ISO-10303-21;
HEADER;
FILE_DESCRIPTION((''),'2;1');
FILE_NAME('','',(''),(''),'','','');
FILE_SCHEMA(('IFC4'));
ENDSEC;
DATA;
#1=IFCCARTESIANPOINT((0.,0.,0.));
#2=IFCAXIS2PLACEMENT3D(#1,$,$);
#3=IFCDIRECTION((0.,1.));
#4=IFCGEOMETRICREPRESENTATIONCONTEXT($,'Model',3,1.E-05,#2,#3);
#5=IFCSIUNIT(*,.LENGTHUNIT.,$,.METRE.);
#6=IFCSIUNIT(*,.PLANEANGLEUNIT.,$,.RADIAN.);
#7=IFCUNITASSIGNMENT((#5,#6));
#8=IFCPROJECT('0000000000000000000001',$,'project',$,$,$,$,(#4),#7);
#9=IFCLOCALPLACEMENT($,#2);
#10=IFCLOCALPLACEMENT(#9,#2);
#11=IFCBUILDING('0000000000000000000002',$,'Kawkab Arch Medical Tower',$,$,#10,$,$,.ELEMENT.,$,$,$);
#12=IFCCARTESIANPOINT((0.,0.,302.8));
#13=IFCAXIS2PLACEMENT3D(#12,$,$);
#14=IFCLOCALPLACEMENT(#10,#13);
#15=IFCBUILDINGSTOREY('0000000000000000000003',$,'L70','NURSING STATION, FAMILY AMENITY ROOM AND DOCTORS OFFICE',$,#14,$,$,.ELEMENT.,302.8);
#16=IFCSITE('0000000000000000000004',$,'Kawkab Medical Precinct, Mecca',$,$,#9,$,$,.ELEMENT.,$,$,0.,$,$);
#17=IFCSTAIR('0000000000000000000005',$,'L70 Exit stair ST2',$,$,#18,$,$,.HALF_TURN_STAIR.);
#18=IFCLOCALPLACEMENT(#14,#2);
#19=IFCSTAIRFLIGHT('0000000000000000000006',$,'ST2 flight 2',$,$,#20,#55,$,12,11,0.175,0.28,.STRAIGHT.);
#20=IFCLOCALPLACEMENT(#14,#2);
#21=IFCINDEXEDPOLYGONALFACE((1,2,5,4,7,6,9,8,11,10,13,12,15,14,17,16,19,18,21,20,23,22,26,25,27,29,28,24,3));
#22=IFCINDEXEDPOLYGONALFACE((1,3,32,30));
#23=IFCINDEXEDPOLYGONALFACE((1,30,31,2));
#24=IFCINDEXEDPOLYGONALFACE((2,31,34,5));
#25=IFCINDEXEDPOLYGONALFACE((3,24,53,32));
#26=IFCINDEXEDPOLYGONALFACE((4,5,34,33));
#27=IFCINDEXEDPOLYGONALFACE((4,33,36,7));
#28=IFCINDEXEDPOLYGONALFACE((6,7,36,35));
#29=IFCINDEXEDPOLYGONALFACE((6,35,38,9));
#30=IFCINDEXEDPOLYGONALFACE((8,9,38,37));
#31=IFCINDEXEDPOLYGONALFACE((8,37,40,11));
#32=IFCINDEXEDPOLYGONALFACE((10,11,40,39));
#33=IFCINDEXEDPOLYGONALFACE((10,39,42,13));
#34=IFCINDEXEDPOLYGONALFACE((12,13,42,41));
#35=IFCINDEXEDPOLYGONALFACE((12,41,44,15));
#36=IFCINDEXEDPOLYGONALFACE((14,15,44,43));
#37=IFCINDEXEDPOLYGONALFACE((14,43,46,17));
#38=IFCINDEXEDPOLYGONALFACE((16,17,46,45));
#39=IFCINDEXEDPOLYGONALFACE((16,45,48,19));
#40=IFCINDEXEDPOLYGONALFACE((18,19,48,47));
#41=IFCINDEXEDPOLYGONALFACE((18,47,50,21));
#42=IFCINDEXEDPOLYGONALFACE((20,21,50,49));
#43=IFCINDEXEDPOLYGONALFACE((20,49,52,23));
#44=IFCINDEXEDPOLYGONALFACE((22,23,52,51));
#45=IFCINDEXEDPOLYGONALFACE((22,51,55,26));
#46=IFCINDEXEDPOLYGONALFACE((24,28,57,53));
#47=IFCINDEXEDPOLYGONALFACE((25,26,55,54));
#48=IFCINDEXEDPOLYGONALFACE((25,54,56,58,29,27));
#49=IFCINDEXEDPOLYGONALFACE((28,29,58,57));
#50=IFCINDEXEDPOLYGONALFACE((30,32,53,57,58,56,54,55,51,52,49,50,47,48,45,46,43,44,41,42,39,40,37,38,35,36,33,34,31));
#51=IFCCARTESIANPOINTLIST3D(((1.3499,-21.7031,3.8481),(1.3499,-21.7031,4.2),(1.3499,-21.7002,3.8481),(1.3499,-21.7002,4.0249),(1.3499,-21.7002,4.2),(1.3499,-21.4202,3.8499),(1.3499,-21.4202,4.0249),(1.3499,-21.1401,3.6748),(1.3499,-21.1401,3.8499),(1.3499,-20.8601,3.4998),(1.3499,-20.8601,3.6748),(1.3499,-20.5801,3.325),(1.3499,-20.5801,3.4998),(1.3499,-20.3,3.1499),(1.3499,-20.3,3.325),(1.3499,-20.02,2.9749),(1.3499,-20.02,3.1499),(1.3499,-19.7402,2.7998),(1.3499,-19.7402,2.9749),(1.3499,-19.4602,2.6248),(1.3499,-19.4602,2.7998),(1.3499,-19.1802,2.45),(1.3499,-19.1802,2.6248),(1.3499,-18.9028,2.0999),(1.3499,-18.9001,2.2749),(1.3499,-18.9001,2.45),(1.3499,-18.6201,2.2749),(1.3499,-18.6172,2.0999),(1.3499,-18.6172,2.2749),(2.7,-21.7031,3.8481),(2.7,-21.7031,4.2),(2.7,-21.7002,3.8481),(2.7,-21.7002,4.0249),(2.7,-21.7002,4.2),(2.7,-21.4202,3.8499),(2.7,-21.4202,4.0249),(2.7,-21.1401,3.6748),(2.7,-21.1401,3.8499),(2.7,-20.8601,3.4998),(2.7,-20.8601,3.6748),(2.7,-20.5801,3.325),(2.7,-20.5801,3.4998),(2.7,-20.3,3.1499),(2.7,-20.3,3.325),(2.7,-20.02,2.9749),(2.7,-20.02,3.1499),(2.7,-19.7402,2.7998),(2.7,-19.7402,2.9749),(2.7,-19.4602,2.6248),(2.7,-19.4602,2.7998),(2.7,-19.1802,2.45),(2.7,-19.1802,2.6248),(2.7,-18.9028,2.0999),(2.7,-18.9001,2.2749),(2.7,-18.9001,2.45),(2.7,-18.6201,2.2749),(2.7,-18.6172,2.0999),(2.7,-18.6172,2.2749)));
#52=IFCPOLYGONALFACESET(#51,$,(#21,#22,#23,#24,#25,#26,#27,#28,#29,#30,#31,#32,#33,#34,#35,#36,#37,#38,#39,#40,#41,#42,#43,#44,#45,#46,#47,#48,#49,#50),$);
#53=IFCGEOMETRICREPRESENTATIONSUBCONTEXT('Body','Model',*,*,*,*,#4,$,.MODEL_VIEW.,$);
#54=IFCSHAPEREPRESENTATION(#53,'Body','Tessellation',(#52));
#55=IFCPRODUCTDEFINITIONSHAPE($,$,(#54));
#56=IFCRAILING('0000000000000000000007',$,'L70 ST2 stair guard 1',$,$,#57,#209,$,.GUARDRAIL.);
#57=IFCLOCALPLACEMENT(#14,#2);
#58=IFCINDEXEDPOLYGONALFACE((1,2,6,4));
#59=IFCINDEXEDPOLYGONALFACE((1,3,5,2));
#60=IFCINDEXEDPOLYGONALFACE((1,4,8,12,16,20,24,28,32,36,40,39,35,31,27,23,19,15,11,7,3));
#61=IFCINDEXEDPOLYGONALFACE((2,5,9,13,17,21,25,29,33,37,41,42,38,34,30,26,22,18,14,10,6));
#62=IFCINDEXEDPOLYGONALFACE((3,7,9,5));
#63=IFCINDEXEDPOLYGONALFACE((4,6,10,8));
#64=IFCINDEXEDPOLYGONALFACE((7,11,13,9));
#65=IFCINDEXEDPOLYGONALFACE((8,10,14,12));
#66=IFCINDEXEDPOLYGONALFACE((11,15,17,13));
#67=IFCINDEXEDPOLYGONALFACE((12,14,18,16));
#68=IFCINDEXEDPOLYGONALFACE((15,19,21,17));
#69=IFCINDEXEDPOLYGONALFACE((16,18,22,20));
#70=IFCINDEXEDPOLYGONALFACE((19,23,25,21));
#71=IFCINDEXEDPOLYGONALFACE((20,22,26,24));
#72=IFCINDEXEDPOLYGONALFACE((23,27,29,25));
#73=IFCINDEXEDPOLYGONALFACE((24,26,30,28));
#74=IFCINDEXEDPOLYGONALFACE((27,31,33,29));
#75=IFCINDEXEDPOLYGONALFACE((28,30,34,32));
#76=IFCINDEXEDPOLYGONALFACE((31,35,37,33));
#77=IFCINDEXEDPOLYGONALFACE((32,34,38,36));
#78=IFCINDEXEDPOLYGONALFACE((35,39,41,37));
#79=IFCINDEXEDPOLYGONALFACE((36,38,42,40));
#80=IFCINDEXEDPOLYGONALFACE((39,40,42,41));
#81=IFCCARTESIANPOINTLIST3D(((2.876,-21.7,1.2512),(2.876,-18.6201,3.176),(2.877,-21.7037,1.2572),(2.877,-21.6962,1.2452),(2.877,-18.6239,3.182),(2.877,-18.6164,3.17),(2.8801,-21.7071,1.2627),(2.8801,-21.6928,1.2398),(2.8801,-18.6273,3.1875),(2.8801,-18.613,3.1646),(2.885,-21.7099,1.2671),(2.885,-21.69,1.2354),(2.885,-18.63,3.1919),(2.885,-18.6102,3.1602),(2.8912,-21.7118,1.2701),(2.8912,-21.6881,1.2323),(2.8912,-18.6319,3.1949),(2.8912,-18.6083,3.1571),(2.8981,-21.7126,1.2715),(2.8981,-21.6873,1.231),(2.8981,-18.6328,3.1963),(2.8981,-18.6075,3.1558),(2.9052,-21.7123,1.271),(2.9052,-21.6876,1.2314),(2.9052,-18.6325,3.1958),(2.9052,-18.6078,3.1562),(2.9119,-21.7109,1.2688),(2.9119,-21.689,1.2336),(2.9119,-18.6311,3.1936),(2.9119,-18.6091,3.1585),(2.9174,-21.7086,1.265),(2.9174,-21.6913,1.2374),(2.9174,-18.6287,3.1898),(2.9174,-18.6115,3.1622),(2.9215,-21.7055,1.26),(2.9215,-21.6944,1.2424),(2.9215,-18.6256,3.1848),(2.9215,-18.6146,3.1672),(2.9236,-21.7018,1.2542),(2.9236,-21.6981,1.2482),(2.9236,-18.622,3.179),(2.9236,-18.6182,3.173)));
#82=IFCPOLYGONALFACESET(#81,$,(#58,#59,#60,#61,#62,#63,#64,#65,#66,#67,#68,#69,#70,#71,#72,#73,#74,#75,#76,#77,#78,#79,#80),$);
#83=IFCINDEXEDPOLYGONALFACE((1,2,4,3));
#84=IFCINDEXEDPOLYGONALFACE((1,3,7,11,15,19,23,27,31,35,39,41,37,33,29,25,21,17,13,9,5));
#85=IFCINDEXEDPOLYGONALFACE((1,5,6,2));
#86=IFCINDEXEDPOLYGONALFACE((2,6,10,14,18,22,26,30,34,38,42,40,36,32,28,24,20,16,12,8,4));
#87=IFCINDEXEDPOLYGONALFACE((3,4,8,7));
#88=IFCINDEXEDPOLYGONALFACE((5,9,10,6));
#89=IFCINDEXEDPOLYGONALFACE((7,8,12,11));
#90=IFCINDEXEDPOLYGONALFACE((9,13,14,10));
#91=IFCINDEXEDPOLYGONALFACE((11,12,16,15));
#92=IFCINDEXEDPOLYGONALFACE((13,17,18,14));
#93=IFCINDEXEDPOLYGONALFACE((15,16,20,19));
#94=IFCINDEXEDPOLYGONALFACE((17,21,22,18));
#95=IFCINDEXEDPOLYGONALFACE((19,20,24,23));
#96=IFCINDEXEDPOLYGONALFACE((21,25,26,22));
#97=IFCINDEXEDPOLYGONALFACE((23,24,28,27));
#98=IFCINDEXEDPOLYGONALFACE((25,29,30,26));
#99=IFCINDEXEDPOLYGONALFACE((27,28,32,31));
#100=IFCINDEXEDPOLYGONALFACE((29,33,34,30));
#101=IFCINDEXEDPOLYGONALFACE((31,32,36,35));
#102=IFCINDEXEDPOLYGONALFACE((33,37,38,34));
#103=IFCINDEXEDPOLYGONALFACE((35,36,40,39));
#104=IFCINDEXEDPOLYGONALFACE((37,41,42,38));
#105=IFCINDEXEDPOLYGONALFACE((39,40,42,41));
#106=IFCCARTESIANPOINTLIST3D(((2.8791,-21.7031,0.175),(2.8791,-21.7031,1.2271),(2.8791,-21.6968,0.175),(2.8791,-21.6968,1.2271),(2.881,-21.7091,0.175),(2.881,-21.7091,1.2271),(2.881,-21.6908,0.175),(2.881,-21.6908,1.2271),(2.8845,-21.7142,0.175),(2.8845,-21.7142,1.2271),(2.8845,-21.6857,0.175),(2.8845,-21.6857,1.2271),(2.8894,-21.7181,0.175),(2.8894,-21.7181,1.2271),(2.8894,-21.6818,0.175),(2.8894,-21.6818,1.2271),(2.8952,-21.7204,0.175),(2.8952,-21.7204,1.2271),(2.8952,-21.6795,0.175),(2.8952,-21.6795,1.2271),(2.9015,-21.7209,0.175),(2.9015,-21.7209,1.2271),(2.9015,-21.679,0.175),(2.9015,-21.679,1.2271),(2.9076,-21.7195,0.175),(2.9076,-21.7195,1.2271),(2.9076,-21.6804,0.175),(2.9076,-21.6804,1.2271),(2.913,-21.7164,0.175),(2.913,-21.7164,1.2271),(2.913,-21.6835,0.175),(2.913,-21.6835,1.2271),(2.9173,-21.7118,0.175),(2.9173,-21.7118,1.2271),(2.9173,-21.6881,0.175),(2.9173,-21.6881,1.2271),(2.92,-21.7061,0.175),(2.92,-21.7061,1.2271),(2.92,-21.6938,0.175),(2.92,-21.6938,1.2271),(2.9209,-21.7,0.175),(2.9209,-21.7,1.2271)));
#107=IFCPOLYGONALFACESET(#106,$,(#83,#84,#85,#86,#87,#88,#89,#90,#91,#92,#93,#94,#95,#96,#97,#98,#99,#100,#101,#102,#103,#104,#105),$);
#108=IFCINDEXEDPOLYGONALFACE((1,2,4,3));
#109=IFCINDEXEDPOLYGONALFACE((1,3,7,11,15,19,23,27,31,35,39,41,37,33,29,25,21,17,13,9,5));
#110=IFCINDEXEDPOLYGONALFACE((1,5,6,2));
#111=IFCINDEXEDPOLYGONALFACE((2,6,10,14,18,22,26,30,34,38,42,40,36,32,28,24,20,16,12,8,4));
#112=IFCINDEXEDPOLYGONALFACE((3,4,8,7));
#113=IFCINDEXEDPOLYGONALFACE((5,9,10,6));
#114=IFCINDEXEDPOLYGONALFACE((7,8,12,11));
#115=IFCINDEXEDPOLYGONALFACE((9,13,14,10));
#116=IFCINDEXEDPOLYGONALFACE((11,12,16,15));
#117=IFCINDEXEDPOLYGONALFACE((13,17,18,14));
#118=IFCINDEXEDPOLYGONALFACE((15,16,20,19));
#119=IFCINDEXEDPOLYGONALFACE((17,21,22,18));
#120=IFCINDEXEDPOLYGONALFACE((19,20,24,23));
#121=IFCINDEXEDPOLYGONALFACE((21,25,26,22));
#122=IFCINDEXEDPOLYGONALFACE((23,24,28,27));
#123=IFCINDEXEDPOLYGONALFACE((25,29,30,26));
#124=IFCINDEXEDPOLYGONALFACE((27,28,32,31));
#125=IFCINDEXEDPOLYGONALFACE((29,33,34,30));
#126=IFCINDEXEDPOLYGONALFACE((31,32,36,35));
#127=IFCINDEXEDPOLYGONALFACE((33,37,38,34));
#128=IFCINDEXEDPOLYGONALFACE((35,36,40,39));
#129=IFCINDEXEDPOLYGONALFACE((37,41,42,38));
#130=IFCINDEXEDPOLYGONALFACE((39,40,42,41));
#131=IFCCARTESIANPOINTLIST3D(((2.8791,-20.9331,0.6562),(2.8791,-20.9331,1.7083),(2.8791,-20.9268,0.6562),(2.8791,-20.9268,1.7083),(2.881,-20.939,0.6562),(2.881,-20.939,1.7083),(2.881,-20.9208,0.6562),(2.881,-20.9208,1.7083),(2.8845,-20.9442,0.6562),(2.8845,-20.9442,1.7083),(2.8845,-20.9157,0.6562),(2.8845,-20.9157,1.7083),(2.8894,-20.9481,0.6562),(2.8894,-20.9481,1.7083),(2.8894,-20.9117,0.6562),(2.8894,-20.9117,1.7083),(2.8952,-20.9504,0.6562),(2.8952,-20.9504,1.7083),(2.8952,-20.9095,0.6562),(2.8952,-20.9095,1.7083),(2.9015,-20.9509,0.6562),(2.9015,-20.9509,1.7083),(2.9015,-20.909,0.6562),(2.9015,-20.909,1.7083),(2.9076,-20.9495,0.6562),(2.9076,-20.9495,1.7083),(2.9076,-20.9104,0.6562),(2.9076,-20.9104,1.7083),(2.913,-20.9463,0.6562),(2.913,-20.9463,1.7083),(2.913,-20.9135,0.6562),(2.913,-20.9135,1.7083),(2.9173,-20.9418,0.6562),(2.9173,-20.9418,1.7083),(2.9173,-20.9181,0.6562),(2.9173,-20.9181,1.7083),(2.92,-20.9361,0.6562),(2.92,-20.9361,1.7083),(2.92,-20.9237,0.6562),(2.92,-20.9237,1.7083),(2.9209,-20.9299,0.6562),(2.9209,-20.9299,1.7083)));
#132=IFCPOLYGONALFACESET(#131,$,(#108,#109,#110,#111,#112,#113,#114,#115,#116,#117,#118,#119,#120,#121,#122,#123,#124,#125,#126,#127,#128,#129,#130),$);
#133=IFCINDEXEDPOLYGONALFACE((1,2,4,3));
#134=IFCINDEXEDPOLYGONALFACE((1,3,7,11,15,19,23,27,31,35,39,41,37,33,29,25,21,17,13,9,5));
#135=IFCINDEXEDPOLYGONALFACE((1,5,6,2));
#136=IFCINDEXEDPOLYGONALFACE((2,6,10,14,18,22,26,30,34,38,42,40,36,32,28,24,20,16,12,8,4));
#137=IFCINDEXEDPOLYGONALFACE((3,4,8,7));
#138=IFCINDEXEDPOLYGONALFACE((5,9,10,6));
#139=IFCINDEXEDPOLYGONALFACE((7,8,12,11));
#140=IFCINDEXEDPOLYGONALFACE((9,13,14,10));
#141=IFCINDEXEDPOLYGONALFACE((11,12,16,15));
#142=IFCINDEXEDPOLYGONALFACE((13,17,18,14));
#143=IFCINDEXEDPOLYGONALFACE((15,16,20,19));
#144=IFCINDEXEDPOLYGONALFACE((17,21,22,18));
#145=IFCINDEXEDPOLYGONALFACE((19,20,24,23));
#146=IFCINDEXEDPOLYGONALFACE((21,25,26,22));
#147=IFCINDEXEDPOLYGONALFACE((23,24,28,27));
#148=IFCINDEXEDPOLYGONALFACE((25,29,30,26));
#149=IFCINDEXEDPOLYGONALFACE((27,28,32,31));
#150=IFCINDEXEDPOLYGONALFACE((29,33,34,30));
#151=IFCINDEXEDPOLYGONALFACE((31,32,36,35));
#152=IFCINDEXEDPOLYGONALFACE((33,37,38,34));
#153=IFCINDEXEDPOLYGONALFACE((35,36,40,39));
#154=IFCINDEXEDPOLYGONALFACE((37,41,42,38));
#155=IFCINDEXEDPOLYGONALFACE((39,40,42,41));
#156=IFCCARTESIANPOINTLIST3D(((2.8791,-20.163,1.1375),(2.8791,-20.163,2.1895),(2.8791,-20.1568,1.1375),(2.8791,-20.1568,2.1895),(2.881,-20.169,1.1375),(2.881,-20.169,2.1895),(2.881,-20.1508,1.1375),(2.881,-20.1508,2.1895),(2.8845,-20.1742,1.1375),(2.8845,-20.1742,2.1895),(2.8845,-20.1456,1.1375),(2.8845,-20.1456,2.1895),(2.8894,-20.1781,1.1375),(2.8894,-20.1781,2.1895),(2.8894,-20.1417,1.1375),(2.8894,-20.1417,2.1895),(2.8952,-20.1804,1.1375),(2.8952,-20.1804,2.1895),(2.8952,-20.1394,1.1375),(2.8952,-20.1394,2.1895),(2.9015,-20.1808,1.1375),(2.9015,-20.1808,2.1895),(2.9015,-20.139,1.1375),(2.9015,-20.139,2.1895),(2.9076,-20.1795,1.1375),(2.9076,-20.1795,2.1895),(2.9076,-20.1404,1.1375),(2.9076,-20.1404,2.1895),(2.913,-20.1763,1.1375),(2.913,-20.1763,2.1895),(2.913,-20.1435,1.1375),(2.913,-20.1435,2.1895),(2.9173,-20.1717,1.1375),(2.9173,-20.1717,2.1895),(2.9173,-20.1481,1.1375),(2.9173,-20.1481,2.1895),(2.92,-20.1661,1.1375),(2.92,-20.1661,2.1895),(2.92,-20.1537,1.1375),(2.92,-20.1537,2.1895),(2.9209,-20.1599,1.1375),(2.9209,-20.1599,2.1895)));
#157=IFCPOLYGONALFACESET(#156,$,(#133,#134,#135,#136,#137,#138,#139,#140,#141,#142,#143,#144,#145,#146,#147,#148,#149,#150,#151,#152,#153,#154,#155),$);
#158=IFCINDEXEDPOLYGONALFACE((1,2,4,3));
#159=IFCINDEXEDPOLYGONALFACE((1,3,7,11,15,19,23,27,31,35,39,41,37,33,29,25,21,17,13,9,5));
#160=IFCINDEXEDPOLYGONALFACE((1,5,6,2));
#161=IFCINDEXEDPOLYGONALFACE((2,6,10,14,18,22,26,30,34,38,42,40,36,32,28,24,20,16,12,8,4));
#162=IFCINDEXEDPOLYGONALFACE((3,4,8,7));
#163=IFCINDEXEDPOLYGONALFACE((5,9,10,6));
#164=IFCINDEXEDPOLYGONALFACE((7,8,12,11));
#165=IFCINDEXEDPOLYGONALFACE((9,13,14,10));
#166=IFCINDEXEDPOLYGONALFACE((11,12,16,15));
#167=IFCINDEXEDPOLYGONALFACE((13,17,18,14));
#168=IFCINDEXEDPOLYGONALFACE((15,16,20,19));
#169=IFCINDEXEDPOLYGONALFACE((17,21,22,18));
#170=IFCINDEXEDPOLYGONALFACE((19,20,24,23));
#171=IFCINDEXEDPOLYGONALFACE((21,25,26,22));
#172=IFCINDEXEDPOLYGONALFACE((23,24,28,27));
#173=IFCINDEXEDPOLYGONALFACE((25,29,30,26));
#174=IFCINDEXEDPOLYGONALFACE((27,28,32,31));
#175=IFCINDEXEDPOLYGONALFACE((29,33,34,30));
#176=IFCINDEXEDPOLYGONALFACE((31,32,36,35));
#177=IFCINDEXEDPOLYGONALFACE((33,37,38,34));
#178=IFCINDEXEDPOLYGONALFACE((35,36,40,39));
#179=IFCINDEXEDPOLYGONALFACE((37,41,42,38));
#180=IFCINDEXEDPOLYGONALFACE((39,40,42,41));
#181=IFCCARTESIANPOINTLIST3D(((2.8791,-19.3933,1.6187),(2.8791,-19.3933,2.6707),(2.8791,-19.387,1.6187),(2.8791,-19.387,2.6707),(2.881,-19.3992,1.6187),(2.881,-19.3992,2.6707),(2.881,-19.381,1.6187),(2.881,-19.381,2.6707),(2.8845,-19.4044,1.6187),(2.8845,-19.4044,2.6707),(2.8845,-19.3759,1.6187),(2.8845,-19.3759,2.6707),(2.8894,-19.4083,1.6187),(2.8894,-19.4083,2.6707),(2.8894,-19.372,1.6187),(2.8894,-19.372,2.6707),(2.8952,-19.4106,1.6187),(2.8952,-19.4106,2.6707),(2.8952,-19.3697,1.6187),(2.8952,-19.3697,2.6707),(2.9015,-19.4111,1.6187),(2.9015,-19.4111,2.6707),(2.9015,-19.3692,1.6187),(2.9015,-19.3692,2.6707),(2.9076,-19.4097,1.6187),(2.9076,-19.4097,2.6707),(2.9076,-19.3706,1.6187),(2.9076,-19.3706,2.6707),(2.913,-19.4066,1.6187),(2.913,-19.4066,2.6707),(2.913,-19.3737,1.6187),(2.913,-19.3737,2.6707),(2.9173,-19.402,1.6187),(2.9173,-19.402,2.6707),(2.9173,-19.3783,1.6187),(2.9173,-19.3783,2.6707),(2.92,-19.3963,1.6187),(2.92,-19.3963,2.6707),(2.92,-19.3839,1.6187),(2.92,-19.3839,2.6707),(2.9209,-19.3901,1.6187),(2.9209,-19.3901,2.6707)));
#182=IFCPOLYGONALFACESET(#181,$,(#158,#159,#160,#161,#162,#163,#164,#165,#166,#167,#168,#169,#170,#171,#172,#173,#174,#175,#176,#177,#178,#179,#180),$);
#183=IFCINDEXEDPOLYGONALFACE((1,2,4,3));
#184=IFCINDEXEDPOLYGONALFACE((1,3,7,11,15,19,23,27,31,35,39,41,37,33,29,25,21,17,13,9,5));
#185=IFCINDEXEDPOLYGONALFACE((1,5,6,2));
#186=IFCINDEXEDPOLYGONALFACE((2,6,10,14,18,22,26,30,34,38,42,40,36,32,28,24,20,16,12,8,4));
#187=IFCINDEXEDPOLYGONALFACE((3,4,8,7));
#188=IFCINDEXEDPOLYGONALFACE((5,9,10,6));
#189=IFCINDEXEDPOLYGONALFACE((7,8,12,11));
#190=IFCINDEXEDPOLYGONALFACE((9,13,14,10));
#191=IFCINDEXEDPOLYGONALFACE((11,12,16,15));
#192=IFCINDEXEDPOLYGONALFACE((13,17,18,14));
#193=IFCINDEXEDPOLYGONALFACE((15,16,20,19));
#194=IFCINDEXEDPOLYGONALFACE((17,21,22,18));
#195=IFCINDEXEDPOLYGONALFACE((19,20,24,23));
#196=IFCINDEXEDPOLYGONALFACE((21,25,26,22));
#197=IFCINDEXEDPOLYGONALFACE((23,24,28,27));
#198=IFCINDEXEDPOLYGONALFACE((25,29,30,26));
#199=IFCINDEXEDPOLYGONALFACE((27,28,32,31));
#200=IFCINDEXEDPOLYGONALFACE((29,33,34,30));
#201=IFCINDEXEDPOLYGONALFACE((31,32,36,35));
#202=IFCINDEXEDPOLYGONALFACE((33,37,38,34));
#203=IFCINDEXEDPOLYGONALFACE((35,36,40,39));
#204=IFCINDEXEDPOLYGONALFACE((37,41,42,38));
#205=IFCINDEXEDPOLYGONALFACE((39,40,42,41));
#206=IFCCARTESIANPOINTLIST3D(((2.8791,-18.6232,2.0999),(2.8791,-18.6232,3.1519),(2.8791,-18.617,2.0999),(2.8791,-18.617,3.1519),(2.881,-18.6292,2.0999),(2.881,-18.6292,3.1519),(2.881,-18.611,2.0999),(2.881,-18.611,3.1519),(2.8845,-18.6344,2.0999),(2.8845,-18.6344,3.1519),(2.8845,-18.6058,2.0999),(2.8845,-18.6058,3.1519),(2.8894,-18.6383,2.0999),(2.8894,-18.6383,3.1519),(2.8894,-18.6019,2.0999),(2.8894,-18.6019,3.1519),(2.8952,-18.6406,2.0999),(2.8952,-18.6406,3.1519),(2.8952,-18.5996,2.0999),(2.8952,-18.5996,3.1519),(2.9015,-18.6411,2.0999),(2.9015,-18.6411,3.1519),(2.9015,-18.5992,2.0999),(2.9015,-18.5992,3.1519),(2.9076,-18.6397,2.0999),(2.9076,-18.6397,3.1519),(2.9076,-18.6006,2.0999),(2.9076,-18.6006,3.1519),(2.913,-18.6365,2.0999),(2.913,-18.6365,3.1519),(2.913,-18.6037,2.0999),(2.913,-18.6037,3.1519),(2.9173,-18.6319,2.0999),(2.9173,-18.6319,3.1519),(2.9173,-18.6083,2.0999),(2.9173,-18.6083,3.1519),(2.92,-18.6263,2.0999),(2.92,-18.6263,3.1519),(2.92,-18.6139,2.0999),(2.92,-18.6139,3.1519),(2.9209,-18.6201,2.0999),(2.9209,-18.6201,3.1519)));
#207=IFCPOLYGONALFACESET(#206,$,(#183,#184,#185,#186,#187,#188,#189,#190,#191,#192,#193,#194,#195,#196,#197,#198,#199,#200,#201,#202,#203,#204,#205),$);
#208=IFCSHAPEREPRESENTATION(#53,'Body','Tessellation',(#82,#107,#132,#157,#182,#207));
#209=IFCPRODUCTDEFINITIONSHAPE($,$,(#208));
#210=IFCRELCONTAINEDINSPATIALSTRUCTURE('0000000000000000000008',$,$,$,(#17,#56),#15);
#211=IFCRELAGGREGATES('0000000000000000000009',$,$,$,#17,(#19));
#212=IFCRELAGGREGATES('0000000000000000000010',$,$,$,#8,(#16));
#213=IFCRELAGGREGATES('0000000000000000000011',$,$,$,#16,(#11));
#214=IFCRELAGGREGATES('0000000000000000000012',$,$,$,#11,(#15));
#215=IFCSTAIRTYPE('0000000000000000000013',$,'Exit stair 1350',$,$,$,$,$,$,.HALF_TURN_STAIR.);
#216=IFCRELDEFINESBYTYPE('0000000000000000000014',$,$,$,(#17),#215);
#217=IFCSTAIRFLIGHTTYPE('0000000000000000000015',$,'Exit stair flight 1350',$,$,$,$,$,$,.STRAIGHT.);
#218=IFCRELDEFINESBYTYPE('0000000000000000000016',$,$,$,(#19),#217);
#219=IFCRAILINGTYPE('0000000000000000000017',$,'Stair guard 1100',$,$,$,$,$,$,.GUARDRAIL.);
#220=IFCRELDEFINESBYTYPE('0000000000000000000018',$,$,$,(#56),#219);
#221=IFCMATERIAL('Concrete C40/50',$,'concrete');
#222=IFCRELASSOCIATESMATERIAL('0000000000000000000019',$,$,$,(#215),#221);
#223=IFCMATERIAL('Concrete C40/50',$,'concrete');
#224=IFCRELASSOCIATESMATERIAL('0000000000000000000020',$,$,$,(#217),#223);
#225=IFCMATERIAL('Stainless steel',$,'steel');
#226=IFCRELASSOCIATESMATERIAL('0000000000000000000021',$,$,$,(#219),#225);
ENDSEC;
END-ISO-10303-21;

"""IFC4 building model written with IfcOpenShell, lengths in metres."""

from ifc_helpers import new_model, si_unit, direction, frame, origin, origin_2d, place, context, subcontext, project, spatial, polyline, circle, outline, extrude, material, type_object, element, aggregate, save


model = new_model("IFC4")

# Units and contexts
model_context = context("Model", 3, precision=1e-05, world=origin(), true_north=direction((0.0, 1.0)))
body_context = subcontext(model_context, "Body", "Model", "MODEL_VIEW")
ifc_project = project(units=[si_unit("LENGTHUNIT", "METRE"), si_unit("PLANEANGLEUNIT", "RADIAN")], contexts=[model_context])

# Site, building, storey
site_placement = place(None, origin())
site = spatial("IfcSite", under=ifc_project, at=site_placement, Name="Kawkab Medical Precinct, Mecca", CompositionType="ELEMENT", RefElevation=0.0)
building_placement = place(site_placement, origin())
building = spatial("IfcBuilding", under=site, at=building_placement, Name="Kawkab Arch Medical Tower", CompositionType="ELEMENT")
storey_placement = place(building_placement, frame((0.0, 0.0, 302.8)))
storey = spatial("IfcBuildingStorey", under=building, at=storey_placement, Name="L70", Description="NURSING STATION, FAMILY AMENITY ROOM AND DOCTORS OFFICE", CompositionType="ELEMENT", Elevation=302.8)

# Stair, stair flight
ifc_material_1 = material(Name="Concrete C40/50", Category="concrete")
stair_type = type_object("IfcStairType", Name="Exit stair 1350", PredefinedType="HALF_TURN_STAIR", material=ifc_material_1)
stair_placement = place(storey_placement, origin())
stair = element("IfcStair", 1, at=stair_placement, inside=storey, type_object=stair_type, Name="L70 Exit stair ST2", PredefinedType="HALF_TURN_STAIR")
ifc_material_2 = material(Name="Concrete C40/50", Category="concrete")
stair_flight_type = type_object("IfcStairFlightType", Name="Exit stair flight 1350", PredefinedType="STRAIGHT", material=ifc_material_2)
stair_flight_1_placement = place(storey_placement, frame((2.0249, -18.6201, 2.0999), z_axis=(0.0, 0.0, 1.0), x_axis=(0.0, -1.0, 0.0)))
stair_flight_1 = element("IfcStairFlight", 2, at=stair_flight_1_placement, type_object=stair_flight_type, Name="ST2 flight 2", NumberOfRisers=12, NumberOfTreads=11, PredefinedType="STRAIGHT", RiserHeight=0.175, TreadLength=0.28, context=body_context, shape_type="SweptSolid", body=[
    extrude(outline(polyline([(-0.0029, 0.0), (-0.0029, 0.175), (0.0, 0.175), (0.28, 0.175), (0.28, 0.3501), (0.5601, 0.3501), (0.5601, 0.5249), (0.8401, 0.5249), (0.8401, 0.7), (1.1201, 0.7), (1.1201, 0.875), (1.3999, 0.875), (1.3999, 1.05), (1.6799, 1.05), (1.6799, 1.2251), (1.96, 1.2251), (1.96, 1.3999), (2.24, 1.3999), (2.24, 1.575), (2.52, 1.575), (2.52, 1.75), (2.8, 1.75), (2.8, 1.925), (3.0801, 1.925), (3.0801, 2.1001), (3.083, 2.1001), (3.083, 1.7483), (3.0801, 1.7483), (0.2827, 0.0), (-0.0029, 0.0)])), frame((0.0, 0.675, 0.0), z_axis=(0.0, -1.0, 0.0), x_axis=(1.0, 0.0, 0.0)), (0.0, 0.0, 1.0), 1.3501),
])
aggregate(stair, [stair_flight_1])

# Railing
ifc_material_3 = material(Name="Stainless steel", Category="steel")
railing_type = type_object("IfcRailingType", Name="Stair guard 1100", PredefinedType="GUARDRAIL", material=ifc_material_3)
railing_1_placement = place(storey_placement, frame((2.8999, -21.7, 0.175)))
element("IfcRailing", 3, at=railing_1_placement, inside=storey, type_object=railing_type, Name="L70 ST2 stair guard 1", PredefinedType="GUARDRAIL", context=body_context, shape_type="SweptSolid", body=[
    extrude(circle(Radius=0.0239, at=origin_2d()), frame((0.0, 0.0, 1.0762), z_axis=(0.0, 0.84801, 0.529981), x_axis=(-1.0, 0.0, 0.0)), (0.0, 0.0, 1.0), 3.6318),
    extrude(circle(Radius=0.021, at=origin_2d()), origin(), (0.0, 0.0, 1.0), 1.052),
    extrude(circle(Radius=0.021, at=origin_2d()), frame((0.0, 0.77, 0.4812)), (0.0, 0.0, 1.0), 1.052),
    extrude(circle(Radius=0.021, at=origin_2d()), frame((0.0, 1.54, 0.9624)), (0.0, 0.0, 1.0), 1.052),
    extrude(circle(Radius=0.021, at=origin_2d()), frame((0.0, 2.3098, 1.4436)), (0.0, 0.0, 1.0), 1.052),
    extrude(circle(Radius=0.021, at=origin_2d()), frame((0.0, 3.0798, 1.9248)), (0.0, 0.0, 1.0), 1.052),
])

save(model, "model.ifc")
